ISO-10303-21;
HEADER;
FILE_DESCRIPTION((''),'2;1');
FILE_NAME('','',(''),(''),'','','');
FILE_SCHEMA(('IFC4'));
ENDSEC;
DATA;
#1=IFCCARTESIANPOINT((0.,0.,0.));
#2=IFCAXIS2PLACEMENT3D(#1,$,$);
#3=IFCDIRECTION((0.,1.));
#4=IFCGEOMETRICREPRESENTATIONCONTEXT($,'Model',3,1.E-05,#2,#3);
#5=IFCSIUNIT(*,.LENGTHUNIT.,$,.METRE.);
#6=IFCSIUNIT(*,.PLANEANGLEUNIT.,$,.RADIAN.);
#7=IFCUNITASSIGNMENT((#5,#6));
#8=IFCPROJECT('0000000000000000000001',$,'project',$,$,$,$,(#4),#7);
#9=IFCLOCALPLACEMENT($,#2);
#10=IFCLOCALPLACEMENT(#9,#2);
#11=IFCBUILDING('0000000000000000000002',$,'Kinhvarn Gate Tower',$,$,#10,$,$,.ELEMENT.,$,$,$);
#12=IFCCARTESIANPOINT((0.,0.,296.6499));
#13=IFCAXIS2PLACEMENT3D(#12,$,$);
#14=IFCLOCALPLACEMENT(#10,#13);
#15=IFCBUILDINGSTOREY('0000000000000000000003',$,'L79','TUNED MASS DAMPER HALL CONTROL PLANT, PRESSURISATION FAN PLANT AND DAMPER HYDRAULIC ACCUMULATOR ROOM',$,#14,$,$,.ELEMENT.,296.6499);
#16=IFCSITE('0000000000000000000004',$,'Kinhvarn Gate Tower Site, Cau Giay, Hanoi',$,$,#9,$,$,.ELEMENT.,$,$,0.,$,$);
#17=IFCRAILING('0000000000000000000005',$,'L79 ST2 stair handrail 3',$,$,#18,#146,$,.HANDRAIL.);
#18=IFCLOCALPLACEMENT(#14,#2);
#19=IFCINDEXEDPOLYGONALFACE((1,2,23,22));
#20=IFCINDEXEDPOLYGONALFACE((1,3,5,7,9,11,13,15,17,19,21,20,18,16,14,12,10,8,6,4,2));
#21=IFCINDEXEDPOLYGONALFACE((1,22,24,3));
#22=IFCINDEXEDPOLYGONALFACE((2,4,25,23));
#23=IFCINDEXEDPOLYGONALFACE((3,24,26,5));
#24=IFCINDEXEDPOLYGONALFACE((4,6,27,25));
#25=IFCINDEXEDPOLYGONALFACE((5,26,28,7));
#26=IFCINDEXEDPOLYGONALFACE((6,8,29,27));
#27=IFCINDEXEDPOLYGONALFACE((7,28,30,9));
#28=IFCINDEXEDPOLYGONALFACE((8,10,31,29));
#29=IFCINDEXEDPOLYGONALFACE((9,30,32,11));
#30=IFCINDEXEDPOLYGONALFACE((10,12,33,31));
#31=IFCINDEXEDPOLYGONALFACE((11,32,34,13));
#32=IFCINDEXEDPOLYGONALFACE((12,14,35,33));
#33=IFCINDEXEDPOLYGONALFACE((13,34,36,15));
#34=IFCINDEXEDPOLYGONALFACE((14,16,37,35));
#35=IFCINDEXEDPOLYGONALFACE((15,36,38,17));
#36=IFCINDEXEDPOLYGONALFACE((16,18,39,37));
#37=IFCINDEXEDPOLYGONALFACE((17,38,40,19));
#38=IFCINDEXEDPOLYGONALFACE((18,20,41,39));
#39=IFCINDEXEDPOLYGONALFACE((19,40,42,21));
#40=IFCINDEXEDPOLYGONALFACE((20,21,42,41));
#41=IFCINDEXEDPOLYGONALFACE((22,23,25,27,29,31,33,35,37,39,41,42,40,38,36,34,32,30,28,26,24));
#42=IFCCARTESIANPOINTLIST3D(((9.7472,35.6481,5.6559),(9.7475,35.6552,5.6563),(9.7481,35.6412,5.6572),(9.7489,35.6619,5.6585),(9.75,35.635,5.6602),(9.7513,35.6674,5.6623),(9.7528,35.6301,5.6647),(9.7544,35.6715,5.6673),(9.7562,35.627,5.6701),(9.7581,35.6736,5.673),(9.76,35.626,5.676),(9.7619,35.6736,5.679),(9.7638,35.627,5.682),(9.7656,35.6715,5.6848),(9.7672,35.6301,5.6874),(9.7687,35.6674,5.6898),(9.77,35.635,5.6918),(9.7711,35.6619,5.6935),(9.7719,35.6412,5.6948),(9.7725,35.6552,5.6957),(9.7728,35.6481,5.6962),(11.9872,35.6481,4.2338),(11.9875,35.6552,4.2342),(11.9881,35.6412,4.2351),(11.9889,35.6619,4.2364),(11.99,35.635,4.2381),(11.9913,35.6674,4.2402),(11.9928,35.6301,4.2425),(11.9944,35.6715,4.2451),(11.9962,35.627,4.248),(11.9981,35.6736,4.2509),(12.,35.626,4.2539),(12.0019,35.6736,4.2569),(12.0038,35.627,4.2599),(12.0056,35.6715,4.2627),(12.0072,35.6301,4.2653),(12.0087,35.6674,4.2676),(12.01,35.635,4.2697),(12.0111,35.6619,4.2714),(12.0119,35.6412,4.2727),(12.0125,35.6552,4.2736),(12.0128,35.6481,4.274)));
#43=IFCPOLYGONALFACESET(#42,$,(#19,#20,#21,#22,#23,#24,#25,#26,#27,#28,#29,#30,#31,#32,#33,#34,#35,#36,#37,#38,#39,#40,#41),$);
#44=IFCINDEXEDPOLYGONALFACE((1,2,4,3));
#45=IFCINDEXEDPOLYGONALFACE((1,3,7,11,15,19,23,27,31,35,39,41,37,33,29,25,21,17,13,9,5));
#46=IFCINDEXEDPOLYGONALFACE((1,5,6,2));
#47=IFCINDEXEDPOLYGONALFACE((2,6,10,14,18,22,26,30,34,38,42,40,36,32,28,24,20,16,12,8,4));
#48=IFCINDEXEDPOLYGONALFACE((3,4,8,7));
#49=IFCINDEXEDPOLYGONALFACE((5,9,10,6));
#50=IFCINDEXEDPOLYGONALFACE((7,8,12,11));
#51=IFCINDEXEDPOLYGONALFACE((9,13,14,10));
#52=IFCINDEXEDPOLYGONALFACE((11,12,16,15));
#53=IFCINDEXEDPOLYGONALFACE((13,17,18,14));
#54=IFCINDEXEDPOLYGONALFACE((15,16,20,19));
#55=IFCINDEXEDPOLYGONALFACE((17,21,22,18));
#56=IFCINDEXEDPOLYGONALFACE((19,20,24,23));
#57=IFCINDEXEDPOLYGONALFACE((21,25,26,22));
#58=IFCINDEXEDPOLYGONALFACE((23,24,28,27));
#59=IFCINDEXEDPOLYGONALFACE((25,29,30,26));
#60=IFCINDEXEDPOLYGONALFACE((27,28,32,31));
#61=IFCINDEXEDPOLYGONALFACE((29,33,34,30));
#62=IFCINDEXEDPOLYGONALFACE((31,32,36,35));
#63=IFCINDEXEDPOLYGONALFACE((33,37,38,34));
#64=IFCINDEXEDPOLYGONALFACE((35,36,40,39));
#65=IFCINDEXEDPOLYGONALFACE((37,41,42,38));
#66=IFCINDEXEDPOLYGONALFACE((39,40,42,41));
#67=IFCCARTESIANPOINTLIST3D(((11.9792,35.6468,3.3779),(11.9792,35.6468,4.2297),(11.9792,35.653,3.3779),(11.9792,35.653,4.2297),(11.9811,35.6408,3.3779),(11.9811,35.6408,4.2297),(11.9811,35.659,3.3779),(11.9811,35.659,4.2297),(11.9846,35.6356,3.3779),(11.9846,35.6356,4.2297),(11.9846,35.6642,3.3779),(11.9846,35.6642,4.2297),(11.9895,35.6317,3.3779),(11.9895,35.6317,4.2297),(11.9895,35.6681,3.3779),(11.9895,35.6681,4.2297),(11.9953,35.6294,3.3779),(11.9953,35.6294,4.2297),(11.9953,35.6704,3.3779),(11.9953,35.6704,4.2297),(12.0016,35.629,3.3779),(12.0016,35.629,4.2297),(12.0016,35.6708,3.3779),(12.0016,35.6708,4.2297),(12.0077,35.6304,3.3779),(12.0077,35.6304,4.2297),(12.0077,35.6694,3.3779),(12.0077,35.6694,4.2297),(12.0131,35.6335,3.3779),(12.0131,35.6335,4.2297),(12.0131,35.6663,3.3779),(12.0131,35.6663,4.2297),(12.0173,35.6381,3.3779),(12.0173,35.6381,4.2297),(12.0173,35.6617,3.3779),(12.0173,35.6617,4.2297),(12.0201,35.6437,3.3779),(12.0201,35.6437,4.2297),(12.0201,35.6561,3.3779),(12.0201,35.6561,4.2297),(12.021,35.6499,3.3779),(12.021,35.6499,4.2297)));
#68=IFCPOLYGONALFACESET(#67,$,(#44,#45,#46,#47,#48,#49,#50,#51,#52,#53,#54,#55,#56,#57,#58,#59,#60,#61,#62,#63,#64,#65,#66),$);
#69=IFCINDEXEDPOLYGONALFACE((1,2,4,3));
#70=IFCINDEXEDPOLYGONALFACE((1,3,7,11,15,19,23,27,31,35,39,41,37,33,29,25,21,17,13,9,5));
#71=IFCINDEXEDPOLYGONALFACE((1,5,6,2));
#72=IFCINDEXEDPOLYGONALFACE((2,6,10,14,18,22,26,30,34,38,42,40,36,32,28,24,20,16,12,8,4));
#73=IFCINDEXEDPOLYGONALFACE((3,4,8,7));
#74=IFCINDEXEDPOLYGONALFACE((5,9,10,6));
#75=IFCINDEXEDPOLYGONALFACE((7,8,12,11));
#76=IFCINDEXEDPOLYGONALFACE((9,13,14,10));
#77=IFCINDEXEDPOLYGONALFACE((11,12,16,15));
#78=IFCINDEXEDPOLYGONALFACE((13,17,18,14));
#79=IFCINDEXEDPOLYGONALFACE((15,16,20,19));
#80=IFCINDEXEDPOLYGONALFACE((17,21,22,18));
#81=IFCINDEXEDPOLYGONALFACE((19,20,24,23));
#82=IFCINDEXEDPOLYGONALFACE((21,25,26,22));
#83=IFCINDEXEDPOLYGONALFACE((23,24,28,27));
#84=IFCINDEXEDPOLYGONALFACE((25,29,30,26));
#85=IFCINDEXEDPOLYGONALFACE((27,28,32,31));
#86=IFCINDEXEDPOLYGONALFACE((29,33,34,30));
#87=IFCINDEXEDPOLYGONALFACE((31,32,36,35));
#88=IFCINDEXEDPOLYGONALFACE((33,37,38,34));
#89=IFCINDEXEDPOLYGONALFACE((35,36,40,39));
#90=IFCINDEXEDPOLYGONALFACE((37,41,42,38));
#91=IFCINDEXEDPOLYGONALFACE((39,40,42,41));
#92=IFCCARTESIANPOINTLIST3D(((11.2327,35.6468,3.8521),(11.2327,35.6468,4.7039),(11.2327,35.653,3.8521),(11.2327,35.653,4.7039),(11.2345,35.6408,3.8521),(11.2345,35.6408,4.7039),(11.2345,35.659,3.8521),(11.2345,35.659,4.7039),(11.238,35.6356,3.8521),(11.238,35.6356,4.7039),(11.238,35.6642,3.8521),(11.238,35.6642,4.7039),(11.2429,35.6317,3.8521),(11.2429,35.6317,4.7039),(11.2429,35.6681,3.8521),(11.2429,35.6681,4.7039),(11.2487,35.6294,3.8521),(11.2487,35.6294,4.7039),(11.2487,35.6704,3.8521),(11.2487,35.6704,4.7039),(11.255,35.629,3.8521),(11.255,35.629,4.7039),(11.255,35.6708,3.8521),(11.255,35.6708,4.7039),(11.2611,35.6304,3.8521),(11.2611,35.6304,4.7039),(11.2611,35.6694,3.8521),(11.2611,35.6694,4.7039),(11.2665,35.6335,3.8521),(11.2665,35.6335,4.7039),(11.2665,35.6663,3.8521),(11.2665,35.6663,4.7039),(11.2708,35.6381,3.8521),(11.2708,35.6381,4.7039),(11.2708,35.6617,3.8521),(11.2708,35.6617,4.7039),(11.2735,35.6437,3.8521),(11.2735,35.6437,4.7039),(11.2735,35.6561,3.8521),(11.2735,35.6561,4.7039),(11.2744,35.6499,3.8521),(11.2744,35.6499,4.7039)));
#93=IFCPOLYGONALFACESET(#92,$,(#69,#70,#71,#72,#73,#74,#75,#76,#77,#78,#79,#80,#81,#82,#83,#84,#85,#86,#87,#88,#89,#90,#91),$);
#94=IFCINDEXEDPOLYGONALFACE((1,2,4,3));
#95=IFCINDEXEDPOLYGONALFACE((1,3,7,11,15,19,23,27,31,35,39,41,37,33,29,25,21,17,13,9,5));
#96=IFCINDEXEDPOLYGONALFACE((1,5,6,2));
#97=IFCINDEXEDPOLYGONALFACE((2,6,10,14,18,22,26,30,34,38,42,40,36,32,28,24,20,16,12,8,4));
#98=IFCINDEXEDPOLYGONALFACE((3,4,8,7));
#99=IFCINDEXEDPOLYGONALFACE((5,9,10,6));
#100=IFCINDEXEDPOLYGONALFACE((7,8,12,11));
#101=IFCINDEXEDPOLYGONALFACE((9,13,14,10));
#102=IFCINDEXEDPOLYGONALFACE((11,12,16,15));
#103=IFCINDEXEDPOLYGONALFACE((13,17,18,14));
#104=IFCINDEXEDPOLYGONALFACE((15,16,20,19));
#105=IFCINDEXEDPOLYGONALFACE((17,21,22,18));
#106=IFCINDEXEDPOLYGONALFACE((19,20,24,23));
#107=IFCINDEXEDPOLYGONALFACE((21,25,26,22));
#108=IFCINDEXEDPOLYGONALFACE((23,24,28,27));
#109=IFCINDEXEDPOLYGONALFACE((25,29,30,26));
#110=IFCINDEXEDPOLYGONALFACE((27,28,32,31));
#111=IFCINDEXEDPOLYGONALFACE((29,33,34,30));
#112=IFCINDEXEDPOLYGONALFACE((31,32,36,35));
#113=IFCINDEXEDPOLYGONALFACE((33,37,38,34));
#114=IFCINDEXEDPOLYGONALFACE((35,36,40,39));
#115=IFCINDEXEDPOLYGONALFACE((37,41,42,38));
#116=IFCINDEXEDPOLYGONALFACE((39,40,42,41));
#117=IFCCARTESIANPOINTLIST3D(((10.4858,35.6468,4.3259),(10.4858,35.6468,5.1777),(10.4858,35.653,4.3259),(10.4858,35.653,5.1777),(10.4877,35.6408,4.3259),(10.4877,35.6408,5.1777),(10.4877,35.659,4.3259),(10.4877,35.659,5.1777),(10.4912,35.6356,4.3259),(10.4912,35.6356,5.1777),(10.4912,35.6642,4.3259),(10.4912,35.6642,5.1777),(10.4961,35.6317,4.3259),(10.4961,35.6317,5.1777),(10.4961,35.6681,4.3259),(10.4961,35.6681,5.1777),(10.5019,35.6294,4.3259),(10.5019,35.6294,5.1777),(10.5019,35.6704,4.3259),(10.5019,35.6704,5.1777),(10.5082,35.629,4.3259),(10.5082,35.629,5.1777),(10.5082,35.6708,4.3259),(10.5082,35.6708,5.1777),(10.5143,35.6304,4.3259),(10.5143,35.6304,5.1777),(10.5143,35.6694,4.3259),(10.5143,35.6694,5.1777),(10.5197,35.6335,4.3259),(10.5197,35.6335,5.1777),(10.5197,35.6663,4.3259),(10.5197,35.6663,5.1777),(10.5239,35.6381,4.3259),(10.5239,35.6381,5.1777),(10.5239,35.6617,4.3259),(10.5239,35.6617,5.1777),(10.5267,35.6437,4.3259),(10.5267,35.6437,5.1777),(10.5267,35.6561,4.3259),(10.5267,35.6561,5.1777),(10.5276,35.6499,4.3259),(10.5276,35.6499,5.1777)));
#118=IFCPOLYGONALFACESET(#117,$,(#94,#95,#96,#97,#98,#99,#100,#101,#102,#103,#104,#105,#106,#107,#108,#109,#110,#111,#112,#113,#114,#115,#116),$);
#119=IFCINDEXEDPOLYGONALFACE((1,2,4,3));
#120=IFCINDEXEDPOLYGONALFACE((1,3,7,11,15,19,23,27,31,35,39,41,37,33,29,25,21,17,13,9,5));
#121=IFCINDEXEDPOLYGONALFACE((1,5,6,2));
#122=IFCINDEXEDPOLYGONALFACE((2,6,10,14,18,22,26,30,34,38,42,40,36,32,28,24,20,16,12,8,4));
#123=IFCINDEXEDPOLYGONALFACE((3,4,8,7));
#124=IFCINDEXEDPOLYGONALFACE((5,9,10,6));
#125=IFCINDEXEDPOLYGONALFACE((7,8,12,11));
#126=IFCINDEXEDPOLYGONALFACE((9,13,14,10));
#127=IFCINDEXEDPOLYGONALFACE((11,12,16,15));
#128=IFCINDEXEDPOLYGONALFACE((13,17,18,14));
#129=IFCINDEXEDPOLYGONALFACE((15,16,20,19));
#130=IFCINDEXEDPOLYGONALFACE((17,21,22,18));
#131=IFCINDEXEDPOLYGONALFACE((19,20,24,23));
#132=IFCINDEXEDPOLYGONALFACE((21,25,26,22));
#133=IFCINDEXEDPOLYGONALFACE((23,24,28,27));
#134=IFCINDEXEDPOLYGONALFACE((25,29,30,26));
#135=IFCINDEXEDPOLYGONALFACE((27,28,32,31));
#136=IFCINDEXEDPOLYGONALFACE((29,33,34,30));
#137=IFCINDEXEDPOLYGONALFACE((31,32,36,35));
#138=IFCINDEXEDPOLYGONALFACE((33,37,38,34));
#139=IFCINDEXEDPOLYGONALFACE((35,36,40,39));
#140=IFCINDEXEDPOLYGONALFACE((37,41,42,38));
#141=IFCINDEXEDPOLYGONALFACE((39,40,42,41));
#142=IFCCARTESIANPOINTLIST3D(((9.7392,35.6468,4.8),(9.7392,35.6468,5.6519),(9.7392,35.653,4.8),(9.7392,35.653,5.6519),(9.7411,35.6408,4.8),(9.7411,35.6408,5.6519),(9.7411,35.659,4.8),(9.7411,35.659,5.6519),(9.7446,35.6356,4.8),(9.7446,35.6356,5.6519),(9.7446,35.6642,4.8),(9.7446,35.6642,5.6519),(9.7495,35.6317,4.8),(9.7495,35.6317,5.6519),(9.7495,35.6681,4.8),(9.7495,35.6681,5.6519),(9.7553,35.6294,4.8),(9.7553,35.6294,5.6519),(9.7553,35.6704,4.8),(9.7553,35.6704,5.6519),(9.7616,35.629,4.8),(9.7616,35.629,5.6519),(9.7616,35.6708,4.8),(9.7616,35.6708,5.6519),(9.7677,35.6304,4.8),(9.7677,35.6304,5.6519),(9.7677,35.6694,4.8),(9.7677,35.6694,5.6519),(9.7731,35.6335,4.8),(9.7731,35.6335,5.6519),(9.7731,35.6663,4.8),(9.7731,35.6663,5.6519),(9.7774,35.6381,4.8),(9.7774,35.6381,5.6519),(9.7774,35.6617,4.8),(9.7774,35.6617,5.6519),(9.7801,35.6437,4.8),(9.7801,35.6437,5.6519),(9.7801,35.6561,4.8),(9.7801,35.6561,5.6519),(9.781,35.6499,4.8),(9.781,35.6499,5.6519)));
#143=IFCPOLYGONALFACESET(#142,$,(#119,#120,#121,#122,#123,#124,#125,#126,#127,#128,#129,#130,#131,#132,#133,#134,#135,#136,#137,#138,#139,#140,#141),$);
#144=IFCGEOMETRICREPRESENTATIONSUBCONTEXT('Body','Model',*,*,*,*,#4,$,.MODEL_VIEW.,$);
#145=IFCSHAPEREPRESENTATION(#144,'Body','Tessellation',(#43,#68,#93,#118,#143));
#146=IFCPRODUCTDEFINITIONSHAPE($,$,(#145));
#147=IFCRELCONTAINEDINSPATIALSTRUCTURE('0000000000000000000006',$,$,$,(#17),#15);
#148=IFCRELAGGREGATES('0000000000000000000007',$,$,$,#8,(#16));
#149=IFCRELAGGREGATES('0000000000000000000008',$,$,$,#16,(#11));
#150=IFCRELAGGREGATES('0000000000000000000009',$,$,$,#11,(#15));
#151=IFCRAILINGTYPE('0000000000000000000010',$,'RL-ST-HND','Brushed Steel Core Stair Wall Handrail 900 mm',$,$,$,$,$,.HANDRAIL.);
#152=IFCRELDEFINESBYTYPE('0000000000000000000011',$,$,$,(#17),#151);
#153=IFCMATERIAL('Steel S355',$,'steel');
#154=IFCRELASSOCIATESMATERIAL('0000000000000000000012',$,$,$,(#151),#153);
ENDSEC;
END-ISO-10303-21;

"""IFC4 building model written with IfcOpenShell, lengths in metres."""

from ifc_helpers import new_model, si_unit, direction, frame, origin, origin_2d, place, context, subcontext, project, spatial, circle, extrude, material, type_object, element, save


model = new_model("IFC4")

# Units and contexts
model_context = context("Model", 3, precision=1e-05, world=origin(), true_north=direction((0.0, 1.0)))
body_context = subcontext(model_context, "Body", "Model", "MODEL_VIEW")
ifc_project = project(units=[si_unit("LENGTHUNIT", "METRE"), si_unit("PLANEANGLEUNIT", "RADIAN")], contexts=[model_context])

# Site, building, storey
site_placement = place(None, origin())
site = spatial("IfcSite", under=ifc_project, at=site_placement, Name="Kinhvarn Gate Tower Site, Cau Giay, Hanoi", CompositionType="ELEMENT", RefElevation=0.0)
building_placement = place(site_placement, origin())
building = spatial("IfcBuilding", under=site, at=building_placement, Name="Kinhvarn Gate Tower", CompositionType="ELEMENT")
storey_placement = place(building_placement, frame((0.0, 0.0, 296.6499)))
storey = spatial("IfcBuildingStorey", under=building, at=storey_placement, Name="L79", Description="TUNED MASS DAMPER HALL CONTROL PLANT, PRESSURISATION FAN PLANT AND DAMPER HYDRAULIC ACCUMULATOR ROOM", CompositionType="ELEMENT", Elevation=296.6499)

# Shared definitions
ifc_material_1 = material(Name="Steel S355", Category="steel")

# Railing
railing_type_1 = type_object("IfcRailingType", Name="RL-ST-HND", Description="Brushed Steel Core Stair Wall Handrail 900 mm", PredefinedType="HANDRAIL", material=ifc_material_1)
for number, where, name in (
    (1, (12.0, 35.6499, 3.3779), "L79 ST2 stair handrail 3"),
):
    element("IfcRailing", number, at=place(storey_placement, frame(where)), inside=storey, type_object=railing_type_1, Name=name, PredefinedType="HANDRAIL", context=body_context, shape_type="SweptSolid", body=[
        extrude(circle(Radius=0.0239, at=origin_2d()), frame((0.0, 0.0, 0.876), z_axis=(-0.844229, 0.0, 0.535982), x_axis=(0.0, -1.0, 0.0)), (0.0, 0.0, 1.0), 2.6533),
        extrude(circle(Radius=0.021, at=origin_2d()), origin(), (0.0, 0.0, 1.0), 0.8518),
        extrude(circle(Radius=0.021, at=origin_2d()), frame((-0.7466, 0.0, 0.4741)), (0.0, 0.0, 1.0), 0.8518),
        extrude(circle(Radius=0.021, at=origin_2d()), frame((-1.4934, 0.0, 0.948)), (0.0, 0.0, 1.0), 0.8518),
        extrude(circle(Radius=0.021, at=origin_2d()), frame((-2.24, 0.0, 1.4221)), (0.0, 0.0, 1.0), 0.8518),
    ])

save(model, "model.ifc")
